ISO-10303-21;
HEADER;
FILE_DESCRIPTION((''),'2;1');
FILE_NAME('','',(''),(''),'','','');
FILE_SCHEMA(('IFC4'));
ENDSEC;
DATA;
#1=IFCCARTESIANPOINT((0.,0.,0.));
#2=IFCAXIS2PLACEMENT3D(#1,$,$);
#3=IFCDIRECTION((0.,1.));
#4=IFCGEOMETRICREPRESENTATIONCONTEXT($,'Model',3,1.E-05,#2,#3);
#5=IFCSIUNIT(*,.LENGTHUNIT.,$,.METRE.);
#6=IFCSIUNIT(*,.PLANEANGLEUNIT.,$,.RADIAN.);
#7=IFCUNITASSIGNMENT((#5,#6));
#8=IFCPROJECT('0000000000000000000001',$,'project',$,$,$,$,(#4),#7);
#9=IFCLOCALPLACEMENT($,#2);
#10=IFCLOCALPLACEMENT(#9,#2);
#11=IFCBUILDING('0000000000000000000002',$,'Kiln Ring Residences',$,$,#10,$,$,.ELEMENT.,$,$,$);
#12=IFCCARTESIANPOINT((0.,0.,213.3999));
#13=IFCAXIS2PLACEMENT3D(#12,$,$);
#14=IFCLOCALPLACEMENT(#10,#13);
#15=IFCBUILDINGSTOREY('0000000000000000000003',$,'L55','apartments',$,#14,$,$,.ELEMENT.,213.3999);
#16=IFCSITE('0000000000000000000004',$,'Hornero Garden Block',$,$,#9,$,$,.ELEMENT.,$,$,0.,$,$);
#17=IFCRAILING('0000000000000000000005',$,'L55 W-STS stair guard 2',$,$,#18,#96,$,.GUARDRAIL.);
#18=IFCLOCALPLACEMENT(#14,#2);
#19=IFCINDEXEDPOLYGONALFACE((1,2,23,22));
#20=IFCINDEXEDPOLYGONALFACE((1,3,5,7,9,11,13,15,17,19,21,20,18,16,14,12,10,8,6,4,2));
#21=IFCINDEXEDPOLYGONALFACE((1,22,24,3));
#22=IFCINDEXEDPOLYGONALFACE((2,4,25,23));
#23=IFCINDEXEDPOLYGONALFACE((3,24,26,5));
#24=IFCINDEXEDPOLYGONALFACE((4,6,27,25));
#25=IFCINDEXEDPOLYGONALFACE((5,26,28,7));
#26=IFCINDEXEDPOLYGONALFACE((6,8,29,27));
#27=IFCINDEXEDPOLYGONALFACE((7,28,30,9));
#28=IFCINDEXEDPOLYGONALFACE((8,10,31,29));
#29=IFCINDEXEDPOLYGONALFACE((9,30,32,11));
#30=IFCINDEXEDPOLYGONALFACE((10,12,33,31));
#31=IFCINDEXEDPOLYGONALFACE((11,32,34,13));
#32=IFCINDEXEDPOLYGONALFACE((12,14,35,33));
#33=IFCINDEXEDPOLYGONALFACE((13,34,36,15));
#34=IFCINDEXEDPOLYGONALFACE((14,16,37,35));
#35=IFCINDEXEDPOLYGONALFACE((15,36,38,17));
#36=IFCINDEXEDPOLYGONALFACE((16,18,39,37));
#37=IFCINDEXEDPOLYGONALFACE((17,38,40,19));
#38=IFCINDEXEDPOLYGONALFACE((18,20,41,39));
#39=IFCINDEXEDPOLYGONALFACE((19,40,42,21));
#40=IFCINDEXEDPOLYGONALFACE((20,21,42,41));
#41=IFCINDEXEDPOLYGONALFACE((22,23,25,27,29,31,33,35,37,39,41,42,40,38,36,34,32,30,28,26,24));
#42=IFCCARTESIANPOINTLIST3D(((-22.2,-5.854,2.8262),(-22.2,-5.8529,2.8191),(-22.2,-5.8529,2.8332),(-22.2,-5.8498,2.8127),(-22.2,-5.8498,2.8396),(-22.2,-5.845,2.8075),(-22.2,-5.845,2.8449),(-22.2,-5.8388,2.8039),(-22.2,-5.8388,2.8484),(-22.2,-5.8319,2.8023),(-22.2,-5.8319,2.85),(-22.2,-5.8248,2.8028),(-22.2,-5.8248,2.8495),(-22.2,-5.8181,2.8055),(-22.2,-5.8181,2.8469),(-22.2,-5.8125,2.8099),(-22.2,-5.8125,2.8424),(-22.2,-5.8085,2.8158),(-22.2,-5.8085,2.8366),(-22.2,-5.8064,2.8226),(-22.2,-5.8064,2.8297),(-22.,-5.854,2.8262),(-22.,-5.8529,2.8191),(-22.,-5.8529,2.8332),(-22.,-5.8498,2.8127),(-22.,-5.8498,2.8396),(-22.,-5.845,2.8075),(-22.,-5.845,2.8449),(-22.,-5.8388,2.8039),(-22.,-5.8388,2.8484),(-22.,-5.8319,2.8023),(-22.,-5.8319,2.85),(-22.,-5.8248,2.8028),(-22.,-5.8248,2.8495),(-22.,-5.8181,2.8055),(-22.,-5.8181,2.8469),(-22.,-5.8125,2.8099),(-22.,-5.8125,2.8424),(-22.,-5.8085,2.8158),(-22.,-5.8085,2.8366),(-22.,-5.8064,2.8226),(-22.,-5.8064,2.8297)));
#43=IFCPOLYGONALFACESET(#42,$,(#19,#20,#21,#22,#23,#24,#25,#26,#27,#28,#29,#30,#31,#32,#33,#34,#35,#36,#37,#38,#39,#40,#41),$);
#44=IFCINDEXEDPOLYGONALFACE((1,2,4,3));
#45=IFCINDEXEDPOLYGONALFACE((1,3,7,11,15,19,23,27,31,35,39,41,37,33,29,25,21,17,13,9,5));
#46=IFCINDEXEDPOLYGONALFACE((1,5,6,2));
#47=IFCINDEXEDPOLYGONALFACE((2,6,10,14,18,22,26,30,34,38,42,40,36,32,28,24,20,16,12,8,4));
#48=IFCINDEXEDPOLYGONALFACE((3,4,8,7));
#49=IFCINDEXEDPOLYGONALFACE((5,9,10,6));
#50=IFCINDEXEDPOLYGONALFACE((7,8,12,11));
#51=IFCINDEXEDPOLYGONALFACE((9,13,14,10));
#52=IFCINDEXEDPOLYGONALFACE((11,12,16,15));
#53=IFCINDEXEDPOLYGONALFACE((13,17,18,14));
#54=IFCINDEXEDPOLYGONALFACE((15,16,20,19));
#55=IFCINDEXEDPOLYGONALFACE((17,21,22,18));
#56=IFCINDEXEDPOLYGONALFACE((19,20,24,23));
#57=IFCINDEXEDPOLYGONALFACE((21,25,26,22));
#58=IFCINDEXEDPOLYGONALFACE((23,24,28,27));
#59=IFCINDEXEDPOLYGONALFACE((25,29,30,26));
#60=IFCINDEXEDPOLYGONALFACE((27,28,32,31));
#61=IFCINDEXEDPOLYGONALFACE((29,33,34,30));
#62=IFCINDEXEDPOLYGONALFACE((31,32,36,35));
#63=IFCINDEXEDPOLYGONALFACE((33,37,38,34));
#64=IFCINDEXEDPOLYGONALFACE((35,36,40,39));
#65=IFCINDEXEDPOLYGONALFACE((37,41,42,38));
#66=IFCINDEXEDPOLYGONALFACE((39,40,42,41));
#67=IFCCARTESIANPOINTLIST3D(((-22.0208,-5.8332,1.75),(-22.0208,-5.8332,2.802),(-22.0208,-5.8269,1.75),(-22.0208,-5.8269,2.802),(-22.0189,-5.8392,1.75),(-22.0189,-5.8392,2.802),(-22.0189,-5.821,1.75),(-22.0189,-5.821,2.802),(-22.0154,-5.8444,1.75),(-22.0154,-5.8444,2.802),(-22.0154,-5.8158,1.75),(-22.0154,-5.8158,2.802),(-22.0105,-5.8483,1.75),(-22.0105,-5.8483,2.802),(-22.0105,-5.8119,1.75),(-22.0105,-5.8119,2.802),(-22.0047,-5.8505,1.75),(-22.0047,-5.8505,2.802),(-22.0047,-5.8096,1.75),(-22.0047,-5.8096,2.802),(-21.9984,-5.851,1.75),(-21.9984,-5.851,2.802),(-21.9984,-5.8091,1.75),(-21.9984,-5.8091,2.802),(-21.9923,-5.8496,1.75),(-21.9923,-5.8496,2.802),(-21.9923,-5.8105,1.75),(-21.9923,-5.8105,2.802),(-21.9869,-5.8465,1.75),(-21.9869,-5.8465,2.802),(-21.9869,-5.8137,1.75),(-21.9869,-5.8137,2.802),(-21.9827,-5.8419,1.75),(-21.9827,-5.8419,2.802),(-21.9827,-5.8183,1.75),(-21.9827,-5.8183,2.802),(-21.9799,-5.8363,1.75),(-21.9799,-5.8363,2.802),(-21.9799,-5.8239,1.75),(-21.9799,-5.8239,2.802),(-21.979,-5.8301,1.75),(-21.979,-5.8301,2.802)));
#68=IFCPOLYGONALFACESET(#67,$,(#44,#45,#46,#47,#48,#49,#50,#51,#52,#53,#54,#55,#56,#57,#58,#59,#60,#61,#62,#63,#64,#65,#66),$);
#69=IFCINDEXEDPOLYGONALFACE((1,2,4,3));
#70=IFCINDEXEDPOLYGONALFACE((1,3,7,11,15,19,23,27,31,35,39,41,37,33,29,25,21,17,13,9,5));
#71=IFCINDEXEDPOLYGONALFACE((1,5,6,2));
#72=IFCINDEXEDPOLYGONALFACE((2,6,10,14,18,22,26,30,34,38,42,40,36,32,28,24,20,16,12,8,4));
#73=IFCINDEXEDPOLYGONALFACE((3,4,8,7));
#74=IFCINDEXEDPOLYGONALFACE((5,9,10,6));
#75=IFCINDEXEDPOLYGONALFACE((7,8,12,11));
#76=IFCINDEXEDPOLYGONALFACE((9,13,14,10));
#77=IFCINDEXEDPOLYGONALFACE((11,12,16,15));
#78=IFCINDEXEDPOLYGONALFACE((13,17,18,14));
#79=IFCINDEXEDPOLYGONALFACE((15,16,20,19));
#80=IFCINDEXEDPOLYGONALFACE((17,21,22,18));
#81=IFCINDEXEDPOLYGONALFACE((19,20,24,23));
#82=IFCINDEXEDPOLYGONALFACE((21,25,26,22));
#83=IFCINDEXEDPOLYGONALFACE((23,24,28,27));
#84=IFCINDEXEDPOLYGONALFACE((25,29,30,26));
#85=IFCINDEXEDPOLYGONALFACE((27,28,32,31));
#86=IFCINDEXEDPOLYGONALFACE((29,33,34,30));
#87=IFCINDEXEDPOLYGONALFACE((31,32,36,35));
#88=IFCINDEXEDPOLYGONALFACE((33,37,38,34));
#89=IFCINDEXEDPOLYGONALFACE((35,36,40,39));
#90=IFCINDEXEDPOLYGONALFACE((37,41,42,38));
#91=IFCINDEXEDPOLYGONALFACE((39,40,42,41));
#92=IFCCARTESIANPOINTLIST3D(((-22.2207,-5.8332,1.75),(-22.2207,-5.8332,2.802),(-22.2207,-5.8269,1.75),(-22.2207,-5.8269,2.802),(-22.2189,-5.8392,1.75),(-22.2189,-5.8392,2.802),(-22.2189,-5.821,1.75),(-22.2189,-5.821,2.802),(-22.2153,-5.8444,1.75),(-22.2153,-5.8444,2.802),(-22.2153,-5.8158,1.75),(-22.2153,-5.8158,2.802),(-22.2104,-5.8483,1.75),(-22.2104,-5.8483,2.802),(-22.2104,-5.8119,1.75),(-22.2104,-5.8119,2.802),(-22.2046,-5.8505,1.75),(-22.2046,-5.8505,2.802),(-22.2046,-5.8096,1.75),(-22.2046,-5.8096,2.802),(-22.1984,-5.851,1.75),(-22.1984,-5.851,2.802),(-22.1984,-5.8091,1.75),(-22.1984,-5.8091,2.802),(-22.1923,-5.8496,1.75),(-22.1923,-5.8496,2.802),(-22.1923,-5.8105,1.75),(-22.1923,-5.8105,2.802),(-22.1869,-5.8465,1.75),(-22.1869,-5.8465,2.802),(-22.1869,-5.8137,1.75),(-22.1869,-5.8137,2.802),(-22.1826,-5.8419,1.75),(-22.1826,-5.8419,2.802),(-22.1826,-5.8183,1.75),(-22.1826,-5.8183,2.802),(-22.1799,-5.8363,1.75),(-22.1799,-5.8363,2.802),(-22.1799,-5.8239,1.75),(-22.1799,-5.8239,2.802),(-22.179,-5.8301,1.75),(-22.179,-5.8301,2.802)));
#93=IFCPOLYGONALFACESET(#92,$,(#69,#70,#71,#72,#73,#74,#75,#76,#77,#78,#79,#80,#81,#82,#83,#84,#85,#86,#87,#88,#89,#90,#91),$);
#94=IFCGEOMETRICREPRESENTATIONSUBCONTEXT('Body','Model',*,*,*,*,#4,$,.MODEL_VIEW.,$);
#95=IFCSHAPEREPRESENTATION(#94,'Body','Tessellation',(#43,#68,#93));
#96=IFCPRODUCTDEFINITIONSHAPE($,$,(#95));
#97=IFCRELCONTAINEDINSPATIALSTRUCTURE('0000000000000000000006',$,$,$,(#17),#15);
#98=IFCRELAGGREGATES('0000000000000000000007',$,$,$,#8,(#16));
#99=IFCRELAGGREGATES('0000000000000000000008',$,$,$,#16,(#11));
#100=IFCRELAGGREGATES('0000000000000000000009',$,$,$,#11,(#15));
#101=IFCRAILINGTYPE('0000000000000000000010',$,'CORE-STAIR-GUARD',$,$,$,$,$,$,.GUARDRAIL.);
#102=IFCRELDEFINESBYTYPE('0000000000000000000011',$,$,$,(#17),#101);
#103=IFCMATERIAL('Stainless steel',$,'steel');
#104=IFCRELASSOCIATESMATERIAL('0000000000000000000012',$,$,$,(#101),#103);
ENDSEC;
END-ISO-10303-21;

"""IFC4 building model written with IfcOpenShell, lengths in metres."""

from ifc_helpers import new_model, si_unit, direction, frame, origin, origin_2d, place, context, subcontext, project, spatial, circle, extrude, material, type_object, element, save


model = new_model("IFC4")

# Units and contexts
model_context = context("Model", 3, precision=1e-05, world=origin(), true_north=direction((0.0, 1.0)))
body_context = subcontext(model_context, "Body", "Model", "MODEL_VIEW")
ifc_project = project(units=[si_unit("LENGTHUNIT", "METRE"), si_unit("PLANEANGLEUNIT", "RADIAN")], contexts=[model_context])

# Site, building, storey
site_placement = place(None, origin())
site = spatial("IfcSite", under=ifc_project, at=site_placement, Name="Hornero Garden Block", CompositionType="ELEMENT", RefElevation=0.0)
building_placement = place(site_placement, origin())
building = spatial("IfcBuilding", under=site, at=building_placement, Name="Kiln Ring Residences", CompositionType="ELEMENT")
storey_placement = place(building_placement, frame((0.0, 0.0, 213.3999)))
storey = spatial("IfcBuildingStorey", under=building, at=storey_placement, Name="L55", Description="apartments", CompositionType="ELEMENT", Elevation=213.3999)

# Railing
ifc_material_1 = material(Name="Stainless steel", Category="steel")
railing_type_1 = type_object("IfcRailingType", Name="CORE-STAIR-GUARD", PredefinedType="GUARDRAIL", material=ifc_material_1)
railing_1_placement = place(storey_placement, frame((-22.0, -5.8301, 1.75)))
element("IfcRailing", 1, at=railing_1_placement, inside=storey, type_object=railing_type_1, Name="L55 W-STS stair guard 2", PredefinedType="GUARDRAIL", context=body_context, shape_type="SweptSolid", body=[
    extrude(circle(Radius=0.0239, at=origin_2d()), frame((0.0, 0.0, 1.0762), z_axis=(-1.0, 0.0, 0.0), x_axis=(0.0, -1.0, 0.0)), (0.0, 0.0, 1.0), 0.2),
    extrude(circle(Radius=0.021, at=origin_2d()), origin(), (0.0, 0.0, 1.0), 1.052),
    extrude(circle(Radius=0.021, at=origin_2d()), frame((-0.2, 0.0, 0.0)), (0.0, 0.0, 1.0), 1.052),
])

save(model, "model.ifc")
